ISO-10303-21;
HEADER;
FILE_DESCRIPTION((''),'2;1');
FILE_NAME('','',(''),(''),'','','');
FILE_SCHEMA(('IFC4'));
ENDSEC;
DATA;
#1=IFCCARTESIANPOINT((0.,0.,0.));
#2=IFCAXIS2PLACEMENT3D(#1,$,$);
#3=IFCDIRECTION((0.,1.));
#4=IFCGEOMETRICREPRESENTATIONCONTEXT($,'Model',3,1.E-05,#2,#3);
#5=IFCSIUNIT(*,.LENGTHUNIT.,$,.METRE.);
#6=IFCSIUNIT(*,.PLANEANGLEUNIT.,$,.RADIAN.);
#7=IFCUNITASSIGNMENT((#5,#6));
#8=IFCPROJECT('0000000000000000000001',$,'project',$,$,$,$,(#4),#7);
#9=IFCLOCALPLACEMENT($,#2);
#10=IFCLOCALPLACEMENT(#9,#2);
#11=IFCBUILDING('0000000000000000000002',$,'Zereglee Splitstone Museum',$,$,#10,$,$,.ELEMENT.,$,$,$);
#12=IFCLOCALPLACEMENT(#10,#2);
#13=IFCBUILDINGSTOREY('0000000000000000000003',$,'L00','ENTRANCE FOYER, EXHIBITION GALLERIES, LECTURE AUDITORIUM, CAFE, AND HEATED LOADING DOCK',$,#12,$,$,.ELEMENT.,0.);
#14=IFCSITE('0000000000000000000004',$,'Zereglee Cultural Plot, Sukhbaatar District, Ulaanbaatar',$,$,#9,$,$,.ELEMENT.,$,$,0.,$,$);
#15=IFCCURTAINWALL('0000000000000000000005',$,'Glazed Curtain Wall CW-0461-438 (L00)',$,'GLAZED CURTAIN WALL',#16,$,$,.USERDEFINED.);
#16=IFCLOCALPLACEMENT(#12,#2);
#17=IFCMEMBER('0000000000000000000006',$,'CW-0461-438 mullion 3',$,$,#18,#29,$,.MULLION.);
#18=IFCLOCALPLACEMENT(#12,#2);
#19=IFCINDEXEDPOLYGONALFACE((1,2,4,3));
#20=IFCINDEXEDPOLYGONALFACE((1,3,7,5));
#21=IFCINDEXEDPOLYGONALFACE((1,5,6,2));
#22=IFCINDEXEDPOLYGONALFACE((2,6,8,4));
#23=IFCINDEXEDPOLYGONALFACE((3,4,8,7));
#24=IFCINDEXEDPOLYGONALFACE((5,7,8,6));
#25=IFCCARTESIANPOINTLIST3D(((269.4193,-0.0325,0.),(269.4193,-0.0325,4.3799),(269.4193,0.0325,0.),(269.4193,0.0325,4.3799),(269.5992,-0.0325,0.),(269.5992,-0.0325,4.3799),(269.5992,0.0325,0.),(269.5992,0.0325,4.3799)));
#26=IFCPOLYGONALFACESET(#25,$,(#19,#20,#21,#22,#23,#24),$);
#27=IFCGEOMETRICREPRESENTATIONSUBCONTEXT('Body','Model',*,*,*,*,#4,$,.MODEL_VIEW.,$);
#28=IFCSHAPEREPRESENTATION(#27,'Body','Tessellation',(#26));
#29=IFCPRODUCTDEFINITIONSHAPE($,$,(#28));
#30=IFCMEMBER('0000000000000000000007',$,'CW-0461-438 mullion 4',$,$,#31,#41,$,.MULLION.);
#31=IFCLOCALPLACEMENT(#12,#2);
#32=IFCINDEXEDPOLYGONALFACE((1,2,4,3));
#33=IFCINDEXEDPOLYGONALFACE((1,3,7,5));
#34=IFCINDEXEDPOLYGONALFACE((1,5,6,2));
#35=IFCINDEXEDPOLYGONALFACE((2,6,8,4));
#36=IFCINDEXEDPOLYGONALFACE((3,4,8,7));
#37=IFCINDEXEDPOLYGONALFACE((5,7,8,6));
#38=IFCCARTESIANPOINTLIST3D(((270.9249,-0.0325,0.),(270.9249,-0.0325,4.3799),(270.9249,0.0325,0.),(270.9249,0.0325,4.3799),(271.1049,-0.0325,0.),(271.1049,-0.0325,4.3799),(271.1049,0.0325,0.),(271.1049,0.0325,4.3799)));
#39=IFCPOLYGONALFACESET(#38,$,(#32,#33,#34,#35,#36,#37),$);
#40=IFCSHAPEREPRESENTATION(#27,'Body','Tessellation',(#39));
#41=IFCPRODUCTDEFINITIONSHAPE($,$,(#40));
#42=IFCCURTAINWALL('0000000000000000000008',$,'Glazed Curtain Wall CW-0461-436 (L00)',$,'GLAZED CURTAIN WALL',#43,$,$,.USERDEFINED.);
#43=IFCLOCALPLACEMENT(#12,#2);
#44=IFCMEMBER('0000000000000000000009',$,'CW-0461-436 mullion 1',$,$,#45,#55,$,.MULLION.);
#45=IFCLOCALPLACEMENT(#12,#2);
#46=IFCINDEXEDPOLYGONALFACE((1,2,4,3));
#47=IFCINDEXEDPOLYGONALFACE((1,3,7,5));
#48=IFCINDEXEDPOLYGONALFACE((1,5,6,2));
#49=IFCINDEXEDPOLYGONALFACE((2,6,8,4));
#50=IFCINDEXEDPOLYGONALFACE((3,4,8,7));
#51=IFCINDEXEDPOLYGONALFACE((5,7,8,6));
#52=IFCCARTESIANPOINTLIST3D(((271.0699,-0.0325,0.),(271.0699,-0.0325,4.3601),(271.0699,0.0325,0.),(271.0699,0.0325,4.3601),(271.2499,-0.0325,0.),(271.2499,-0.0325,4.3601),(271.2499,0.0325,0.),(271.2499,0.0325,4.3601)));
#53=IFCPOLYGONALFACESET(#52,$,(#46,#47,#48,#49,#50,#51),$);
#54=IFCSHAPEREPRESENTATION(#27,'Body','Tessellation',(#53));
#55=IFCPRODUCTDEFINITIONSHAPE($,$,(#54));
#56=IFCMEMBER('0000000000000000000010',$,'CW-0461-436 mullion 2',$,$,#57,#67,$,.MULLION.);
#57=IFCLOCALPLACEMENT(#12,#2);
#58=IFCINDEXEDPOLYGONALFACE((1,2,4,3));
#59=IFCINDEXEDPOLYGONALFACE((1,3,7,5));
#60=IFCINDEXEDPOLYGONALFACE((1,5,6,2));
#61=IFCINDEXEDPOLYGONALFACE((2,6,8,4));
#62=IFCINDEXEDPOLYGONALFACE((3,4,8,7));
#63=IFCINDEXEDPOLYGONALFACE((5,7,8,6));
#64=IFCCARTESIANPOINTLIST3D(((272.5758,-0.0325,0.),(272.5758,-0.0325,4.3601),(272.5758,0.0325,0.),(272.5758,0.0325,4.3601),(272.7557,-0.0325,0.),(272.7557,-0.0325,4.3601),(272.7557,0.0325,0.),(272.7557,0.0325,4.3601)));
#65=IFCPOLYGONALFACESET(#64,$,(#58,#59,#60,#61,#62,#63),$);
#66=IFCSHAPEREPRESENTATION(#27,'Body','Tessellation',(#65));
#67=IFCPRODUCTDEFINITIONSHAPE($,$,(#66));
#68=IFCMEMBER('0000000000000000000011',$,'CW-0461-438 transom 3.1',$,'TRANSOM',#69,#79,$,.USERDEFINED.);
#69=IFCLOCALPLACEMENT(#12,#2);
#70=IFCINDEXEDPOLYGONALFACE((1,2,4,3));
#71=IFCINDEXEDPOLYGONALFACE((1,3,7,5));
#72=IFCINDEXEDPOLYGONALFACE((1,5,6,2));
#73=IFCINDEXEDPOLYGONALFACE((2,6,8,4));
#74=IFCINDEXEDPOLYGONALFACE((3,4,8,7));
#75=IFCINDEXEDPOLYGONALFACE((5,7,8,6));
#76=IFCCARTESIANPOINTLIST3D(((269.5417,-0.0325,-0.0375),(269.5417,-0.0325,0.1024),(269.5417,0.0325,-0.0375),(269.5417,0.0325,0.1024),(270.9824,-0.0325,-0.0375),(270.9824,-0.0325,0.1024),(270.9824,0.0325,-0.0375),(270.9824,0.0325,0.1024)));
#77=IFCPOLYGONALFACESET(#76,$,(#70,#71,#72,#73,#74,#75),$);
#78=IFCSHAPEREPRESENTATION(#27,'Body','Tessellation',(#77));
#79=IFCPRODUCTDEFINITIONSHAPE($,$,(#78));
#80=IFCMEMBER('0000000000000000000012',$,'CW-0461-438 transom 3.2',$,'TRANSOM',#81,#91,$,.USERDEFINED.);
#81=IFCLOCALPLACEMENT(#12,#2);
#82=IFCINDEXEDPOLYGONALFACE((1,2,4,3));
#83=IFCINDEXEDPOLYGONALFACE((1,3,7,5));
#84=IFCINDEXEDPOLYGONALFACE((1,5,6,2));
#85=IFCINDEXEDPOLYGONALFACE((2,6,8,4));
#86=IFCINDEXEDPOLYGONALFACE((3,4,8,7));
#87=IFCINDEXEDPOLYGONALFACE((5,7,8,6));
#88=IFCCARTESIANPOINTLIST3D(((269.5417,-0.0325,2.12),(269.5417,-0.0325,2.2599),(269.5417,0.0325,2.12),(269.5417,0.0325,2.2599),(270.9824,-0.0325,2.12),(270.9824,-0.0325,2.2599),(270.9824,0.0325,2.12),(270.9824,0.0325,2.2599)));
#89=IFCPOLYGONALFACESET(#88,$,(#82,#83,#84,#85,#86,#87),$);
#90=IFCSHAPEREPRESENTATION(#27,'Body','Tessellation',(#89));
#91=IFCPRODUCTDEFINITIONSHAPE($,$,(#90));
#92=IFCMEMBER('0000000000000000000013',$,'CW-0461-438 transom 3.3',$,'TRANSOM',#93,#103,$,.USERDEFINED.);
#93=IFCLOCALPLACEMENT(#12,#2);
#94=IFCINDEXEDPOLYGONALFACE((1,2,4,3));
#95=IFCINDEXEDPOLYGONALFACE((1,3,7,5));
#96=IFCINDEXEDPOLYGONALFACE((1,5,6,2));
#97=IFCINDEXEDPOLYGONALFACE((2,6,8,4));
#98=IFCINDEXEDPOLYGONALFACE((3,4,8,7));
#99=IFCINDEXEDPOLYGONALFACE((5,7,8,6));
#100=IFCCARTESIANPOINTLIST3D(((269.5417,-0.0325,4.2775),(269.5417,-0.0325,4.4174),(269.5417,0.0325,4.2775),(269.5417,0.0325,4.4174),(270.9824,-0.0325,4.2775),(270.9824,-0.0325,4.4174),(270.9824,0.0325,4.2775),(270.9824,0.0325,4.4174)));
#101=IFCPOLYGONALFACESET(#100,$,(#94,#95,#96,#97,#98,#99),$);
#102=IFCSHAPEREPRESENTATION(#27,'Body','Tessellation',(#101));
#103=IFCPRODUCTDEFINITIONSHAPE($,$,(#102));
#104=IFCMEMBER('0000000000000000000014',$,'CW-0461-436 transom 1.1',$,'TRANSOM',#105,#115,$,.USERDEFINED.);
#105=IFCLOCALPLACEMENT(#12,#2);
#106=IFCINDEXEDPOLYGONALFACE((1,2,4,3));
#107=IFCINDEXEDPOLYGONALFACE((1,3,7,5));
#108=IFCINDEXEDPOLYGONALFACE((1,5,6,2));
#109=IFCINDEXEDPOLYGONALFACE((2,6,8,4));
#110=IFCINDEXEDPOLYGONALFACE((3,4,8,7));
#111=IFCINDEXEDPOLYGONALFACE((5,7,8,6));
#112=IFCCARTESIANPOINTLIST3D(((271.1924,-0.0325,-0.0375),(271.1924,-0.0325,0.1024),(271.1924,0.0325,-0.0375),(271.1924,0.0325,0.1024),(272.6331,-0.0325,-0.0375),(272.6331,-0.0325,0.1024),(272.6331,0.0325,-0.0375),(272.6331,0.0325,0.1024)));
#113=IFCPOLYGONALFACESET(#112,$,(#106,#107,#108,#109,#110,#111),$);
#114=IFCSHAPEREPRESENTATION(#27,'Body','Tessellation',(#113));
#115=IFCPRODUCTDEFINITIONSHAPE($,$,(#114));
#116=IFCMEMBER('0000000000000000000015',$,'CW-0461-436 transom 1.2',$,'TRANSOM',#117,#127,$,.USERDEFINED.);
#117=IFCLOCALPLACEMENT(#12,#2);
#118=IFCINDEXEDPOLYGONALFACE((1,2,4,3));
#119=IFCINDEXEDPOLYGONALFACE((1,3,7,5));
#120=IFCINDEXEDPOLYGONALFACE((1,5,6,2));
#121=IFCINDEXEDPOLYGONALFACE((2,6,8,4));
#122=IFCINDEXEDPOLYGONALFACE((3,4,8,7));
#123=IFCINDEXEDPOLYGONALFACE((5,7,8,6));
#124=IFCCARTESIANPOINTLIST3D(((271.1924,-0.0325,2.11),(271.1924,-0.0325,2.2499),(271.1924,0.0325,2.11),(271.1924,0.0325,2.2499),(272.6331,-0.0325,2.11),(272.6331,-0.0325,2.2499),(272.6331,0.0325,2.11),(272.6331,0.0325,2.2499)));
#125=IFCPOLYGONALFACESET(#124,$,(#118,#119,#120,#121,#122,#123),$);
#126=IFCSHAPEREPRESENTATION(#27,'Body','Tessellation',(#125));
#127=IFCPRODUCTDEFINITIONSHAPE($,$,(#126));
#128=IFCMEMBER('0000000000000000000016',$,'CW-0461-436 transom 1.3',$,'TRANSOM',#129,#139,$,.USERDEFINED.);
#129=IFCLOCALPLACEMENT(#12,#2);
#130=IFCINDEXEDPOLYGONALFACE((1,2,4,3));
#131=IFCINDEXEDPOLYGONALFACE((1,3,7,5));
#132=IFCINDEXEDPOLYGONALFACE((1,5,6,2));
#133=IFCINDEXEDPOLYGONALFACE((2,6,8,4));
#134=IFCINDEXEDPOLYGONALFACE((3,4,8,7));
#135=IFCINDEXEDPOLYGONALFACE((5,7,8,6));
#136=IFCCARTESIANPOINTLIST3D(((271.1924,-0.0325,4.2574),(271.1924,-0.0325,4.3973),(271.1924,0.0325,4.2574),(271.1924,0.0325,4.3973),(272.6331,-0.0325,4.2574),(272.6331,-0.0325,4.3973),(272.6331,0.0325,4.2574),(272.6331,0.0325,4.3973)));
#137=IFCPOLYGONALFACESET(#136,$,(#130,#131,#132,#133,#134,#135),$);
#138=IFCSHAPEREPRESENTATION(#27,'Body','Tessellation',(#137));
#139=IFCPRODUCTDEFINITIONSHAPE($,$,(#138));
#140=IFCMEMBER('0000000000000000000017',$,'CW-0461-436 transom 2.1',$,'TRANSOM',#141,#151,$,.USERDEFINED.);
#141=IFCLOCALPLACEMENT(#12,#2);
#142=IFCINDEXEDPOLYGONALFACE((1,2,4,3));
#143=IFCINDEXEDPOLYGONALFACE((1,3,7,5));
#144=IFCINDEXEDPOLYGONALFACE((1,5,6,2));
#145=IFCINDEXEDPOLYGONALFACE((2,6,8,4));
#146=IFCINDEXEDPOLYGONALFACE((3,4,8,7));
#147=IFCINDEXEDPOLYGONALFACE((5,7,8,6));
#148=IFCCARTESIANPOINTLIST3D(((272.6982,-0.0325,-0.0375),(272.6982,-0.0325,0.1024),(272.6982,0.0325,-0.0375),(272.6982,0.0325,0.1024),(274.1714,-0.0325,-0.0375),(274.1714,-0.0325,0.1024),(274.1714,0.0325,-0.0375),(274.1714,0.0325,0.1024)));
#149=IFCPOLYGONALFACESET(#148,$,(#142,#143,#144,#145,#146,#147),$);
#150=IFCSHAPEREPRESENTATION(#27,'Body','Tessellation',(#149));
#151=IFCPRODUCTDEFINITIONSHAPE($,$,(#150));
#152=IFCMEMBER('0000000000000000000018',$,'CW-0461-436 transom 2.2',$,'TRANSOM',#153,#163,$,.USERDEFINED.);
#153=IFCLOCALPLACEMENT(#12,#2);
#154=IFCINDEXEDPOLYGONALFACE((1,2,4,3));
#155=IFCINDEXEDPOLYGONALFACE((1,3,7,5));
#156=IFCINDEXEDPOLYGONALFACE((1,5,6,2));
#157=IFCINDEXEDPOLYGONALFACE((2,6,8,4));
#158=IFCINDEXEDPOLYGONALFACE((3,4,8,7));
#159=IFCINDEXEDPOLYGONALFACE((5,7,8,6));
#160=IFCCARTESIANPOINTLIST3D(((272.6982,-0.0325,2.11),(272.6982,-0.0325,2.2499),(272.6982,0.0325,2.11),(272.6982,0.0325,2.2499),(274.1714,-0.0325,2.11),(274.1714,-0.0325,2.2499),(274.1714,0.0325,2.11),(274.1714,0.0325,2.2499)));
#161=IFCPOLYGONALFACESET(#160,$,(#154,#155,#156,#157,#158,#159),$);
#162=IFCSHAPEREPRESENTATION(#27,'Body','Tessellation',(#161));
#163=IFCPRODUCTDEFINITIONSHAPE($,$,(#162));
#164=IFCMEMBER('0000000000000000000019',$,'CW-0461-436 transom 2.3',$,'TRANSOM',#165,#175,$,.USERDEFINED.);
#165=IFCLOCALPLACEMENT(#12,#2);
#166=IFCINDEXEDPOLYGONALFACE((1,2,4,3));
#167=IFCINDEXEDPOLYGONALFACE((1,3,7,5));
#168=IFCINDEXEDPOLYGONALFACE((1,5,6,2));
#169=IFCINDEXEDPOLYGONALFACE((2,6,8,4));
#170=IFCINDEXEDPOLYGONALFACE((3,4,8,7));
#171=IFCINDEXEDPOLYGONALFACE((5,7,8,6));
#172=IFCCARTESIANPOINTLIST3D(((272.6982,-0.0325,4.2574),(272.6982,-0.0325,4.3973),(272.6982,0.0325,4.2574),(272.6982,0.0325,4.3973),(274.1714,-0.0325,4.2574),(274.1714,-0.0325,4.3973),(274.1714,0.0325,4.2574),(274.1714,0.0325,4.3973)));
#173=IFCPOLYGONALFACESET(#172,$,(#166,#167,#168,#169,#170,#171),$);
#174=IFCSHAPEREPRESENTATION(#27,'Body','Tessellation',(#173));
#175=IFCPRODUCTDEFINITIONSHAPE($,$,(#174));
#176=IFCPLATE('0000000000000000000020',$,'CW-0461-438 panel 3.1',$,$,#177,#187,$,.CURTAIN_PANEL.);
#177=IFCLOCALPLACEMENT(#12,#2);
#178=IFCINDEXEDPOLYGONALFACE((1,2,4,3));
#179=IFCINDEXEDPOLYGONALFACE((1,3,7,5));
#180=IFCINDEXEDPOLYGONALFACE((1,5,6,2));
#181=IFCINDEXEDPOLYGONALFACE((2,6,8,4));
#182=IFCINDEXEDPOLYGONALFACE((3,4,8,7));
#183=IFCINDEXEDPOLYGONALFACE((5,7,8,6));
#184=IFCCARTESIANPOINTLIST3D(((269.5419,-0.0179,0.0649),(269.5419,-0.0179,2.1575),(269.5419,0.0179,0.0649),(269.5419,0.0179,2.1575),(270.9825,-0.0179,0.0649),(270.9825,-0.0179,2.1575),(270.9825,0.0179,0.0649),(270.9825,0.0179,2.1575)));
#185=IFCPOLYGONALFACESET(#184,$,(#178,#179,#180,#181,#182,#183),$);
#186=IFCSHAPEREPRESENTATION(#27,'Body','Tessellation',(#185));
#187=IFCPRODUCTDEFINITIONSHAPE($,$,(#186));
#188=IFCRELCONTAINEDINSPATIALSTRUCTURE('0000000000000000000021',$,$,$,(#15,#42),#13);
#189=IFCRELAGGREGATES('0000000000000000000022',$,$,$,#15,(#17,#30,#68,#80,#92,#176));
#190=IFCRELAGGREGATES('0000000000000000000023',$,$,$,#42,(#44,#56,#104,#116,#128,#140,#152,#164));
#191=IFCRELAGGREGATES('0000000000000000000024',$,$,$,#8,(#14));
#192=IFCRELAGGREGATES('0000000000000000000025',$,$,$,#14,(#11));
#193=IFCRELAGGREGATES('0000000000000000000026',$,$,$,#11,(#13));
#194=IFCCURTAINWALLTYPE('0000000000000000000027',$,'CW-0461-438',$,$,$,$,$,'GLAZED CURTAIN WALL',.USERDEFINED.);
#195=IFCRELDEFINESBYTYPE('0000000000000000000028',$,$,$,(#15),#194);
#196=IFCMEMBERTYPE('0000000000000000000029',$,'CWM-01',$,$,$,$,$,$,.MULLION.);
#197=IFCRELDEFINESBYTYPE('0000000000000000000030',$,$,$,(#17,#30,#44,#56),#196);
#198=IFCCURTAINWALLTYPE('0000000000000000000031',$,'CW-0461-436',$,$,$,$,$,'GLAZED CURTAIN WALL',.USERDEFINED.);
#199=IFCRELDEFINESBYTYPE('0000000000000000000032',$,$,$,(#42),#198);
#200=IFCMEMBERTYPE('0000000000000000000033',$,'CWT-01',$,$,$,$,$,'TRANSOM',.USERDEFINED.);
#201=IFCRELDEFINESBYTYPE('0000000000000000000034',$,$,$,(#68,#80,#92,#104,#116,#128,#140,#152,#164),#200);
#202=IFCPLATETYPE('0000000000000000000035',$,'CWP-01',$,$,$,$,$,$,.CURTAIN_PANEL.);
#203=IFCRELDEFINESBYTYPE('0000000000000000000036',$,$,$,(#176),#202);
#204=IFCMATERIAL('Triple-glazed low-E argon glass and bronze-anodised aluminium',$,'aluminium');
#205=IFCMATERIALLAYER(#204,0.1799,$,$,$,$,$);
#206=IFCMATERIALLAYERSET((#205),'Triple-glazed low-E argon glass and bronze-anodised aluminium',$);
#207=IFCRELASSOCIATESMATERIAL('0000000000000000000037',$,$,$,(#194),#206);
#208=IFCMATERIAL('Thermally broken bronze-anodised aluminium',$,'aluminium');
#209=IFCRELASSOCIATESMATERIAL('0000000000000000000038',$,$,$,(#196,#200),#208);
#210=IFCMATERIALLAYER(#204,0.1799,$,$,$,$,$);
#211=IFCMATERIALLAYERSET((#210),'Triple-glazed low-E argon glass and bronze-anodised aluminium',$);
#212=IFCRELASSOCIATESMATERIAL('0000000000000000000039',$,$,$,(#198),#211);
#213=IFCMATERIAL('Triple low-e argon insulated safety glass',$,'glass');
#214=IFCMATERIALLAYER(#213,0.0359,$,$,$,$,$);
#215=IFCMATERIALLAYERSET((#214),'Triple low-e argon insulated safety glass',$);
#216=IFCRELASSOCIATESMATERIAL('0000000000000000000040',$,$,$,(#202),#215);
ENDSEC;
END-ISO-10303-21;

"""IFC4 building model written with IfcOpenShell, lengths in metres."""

from ifc_helpers import new_model, si_unit, direction, frame, origin, origin_2d, place, context, subcontext, project, spatial, rectangle, extrude, material, layer, layer_set, material_profile, profile_set, type_object, element, aggregate, save


model = new_model("IFC4")

# Units and contexts
model_context = context("Model", 3, precision=1e-05, world=origin(), true_north=direction((0.0, 1.0)))
body_context = subcontext(model_context, "Body", "Model", "MODEL_VIEW")
ifc_project = project(units=[si_unit("LENGTHUNIT", "METRE"), si_unit("PLANEANGLEUNIT", "RADIAN")], contexts=[model_context])

# Site, building, storey
site_placement = place(None, origin())
site = spatial("IfcSite", under=ifc_project, at=site_placement, Name="Zereglee Cultural Plot, Sukhbaatar District, Ulaanbaatar", CompositionType="ELEMENT", RefElevation=0.0)
building_placement = place(site_placement, origin())
building = spatial("IfcBuilding", under=site, at=building_placement, Name="Zereglee Splitstone Museum", CompositionType="ELEMENT")
storey_placement = place(building_placement, origin())
storey = spatial("IfcBuildingStorey", under=building, at=storey_placement, Name="L00", Description="ENTRANCE FOYER, EXHIBITION GALLERIES, LECTURE AUDITORIUM, CAFE, AND HEATED LOADING DOCK", CompositionType="ELEMENT", Elevation=0.0)

# Curtain walls, members
ifc_material_1 = material(Name="Triple-glazed low-E argon glass and bronze-anodised aluminium", Category="aluminium")
ifc_layer_1 = layer(ifc_material_1, 0.1799)
ifc_layer_set_1 = layer_set([ifc_layer_1], Name="Triple-glazed low-E argon glass and bronze-anodised aluminium")
curtain_wall_type_1 = type_object("IfcCurtainWallType", Name="CW-0461-438", ElementType="GLAZED CURTAIN WALL", PredefinedType="USERDEFINED", material=ifc_layer_set_1)
curtain_wall_1_placement = place(storey_placement, origin())
curtain_wall_1 = element("IfcCurtainWall", 1, at=curtain_wall_1_placement, inside=storey, type_object=curtain_wall_type_1, Name="Glazed Curtain Wall CW-0461-438 (L00)", ObjectType="GLAZED CURTAIN WALL", PredefinedType="USERDEFINED")
ifc_material_2 = material(Name="Thermally broken bronze-anodised aluminium", Category="aluminium")
ifc_material_profile_1 = material_profile(ifc_material_2, rectangle(XDim=0.0649, YDim=0.1799, at=origin_2d()), Name="CW MULL 65x180")
ifc_profile_set_1 = profile_set([ifc_material_profile_1], Name="Thermally broken bronze-anodised aluminium")
member_type_1 = type_object("IfcMemberType", Name="CWM-01", PredefinedType="MULLION", material=ifc_profile_set_1)
member_1_placement = place(storey_placement, frame((269.5093, 0.0, 0.0), z_axis=(0.0, 0.0, 1.0), x_axis=(0.0, 1.0, 0.0)))
member_1 = element("IfcMember", 2, at=member_1_placement, type_object=member_type_1, Name="CW-0461-438 mullion 3", PredefinedType="MULLION", context=body_context, shape_type="SweptSolid", body=[
    extrude(rectangle(XDim=0.0649, YDim=0.1799, at=origin_2d()), origin(), (0.0, 0.0, 1.0), 4.3799),
])
member_2_placement = place(storey_placement, frame((271.0149, 0.0, 0.0), z_axis=(0.0, 0.0, 1.0), x_axis=(0.0, 1.0, 0.0)))
member_2 = element("IfcMember", 3, at=member_2_placement, type_object=member_type_1, Name="CW-0461-438 mullion 4", PredefinedType="MULLION", context=body_context, shape_type="SweptSolid", body=[
    extrude(rectangle(XDim=0.0649, YDim=0.1799, at=origin_2d()), origin(), (0.0, 0.0, 1.0), 4.3799),
])
ifc_layer_2 = layer(ifc_material_1, 0.1799)
ifc_layer_set_2 = layer_set([ifc_layer_2], Name="Triple-glazed low-E argon glass and bronze-anodised aluminium")
curtain_wall_type_2 = type_object("IfcCurtainWallType", Name="CW-0461-436", ElementType="GLAZED CURTAIN WALL", PredefinedType="USERDEFINED", material=ifc_layer_set_2)
curtain_wall_2_placement = place(storey_placement, origin())
curtain_wall_2 = element("IfcCurtainWall", 4, at=curtain_wall_2_placement, inside=storey, type_object=curtain_wall_type_2, Name="Glazed Curtain Wall CW-0461-436 (L00)", ObjectType="GLAZED CURTAIN WALL", PredefinedType="USERDEFINED")
member_3_placement = place(storey_placement, frame((271.1599, 0.0, 0.0), z_axis=(0.0, 0.0, 1.0), x_axis=(0.0, 1.0, 0.0)))
member_3 = element("IfcMember", 5, at=member_3_placement, type_object=member_type_1, Name="CW-0461-436 mullion 1", PredefinedType="MULLION", context=body_context, shape_type="SweptSolid", body=[
    extrude(rectangle(XDim=0.0649, YDim=0.1799, at=origin_2d()), origin(), (0.0, 0.0, 1.0), 4.3601),
])
member_4_placement = place(storey_placement, frame((272.6658, 0.0, 0.0), z_axis=(0.0, 0.0, 1.0), x_axis=(0.0, 1.0, 0.0)))
member_4 = element("IfcMember", 6, at=member_4_placement, type_object=member_type_1, Name="CW-0461-436 mullion 2", PredefinedType="MULLION", context=body_context, shape_type="SweptSolid", body=[
    extrude(rectangle(XDim=0.0649, YDim=0.1799, at=origin_2d()), origin(), (0.0, 0.0, 1.0), 4.3601),
])

# Members
ifc_material_profile_2 = material_profile(ifc_material_2, rectangle(XDim=0.0649, YDim=0.1399, at=origin_2d()), Name="CW TRAN 65x140")
ifc_profile_set_2 = profile_set([ifc_material_profile_2], Name="Thermally broken bronze-anodised aluminium")
member_type_2 = type_object("IfcMemberType", Name="CWT-01", ElementType="TRANSOM", PredefinedType="USERDEFINED", material=ifc_profile_set_2)
member_5_placement = place(storey_placement, frame((269.5417, 0.0, 0.0325), z_axis=(1.0, 0.0, 0.0), x_axis=(0.0, 1.0, 0.0)))
member_5 = element("IfcMember", 7, at=member_5_placement, type_object=member_type_2, Name="CW-0461-438 transom 3.1", ObjectType="TRANSOM", PredefinedType="USERDEFINED", context=body_context, shape_type="SweptSolid", body=[
    extrude(rectangle(XDim=0.0649, YDim=0.1399, at=origin_2d()), origin(), (0.0, 0.0, 1.0), 1.4407),
])
member_6_placement = place(storey_placement, frame((269.5417, 0.0, 2.1899), z_axis=(1.0, 0.0, 0.0), x_axis=(0.0, 1.0, 0.0)))
member_6 = element("IfcMember", 8, at=member_6_placement, type_object=member_type_2, Name="CW-0461-438 transom 3.2", ObjectType="TRANSOM", PredefinedType="USERDEFINED", context=body_context, shape_type="SweptSolid", body=[
    extrude(rectangle(XDim=0.0649, YDim=0.1399, at=origin_2d()), origin(), (0.0, 0.0, 1.0), 1.4407),
])
member_7_placement = place(storey_placement, frame((269.5417, 0.0, 4.3474), z_axis=(1.0, 0.0, 0.0), x_axis=(0.0, 1.0, 0.0)))
member_7 = element("IfcMember", 9, at=member_7_placement, type_object=member_type_2, Name="CW-0461-438 transom 3.3", ObjectType="TRANSOM", PredefinedType="USERDEFINED", context=body_context, shape_type="SweptSolid", body=[
    extrude(rectangle(XDim=0.0649, YDim=0.1399, at=origin_2d()), origin(), (0.0, 0.0, 1.0), 1.4407),
])
member_8_placement = place(storey_placement, frame((271.1924, 0.0, 0.0325), z_axis=(1.0, 0.0, 0.0), x_axis=(0.0, 1.0, 0.0)))
member_8 = element("IfcMember", 10, at=member_8_placement, type_object=member_type_2, Name="CW-0461-436 transom 1.1", ObjectType="TRANSOM", PredefinedType="USERDEFINED", context=body_context, shape_type="SweptSolid", body=[
    extrude(rectangle(XDim=0.0649, YDim=0.1399, at=origin_2d()), origin(), (0.0, 0.0, 1.0), 1.4407),
])
member_9_placement = place(storey_placement, frame((271.1924, 0.0, 2.1799), z_axis=(1.0, 0.0, 0.0), x_axis=(0.0, 1.0, 0.0)))
member_9 = element("IfcMember", 11, at=member_9_placement, type_object=member_type_2, Name="CW-0461-436 transom 1.2", ObjectType="TRANSOM", PredefinedType="USERDEFINED", context=body_context, shape_type="SweptSolid", body=[
    extrude(rectangle(XDim=0.0649, YDim=0.1399, at=origin_2d()), origin(), (0.0, 0.0, 1.0), 1.4407),
])
member_10_placement = place(storey_placement, frame((271.1924, 0.0, 4.3274), z_axis=(1.0, 0.0, 0.0), x_axis=(0.0, 1.0, 0.0)))
member_10 = element("IfcMember", 12, at=member_10_placement, type_object=member_type_2, Name="CW-0461-436 transom 1.3", ObjectType="TRANSOM", PredefinedType="USERDEFINED", context=body_context, shape_type="SweptSolid", body=[
    extrude(rectangle(XDim=0.0649, YDim=0.1399, at=origin_2d()), origin(), (0.0, 0.0, 1.0), 1.4407),
])
member_11_placement = place(storey_placement, frame((272.6982, 0.0, 0.0325), z_axis=(1.0, 0.0, 0.0), x_axis=(0.0, 1.0, 0.0)))
member_11 = element("IfcMember", 13, at=member_11_placement, type_object=member_type_2, Name="CW-0461-436 transom 2.1", ObjectType="TRANSOM", PredefinedType="USERDEFINED", context=body_context, shape_type="SweptSolid", body=[
    extrude(rectangle(XDim=0.0649, YDim=0.1399, at=origin_2d()), origin(), (0.0, 0.0, 1.0), 1.4731),
])
member_12_placement = place(storey_placement, frame((272.6982, 0.0, 2.1799), z_axis=(1.0, 0.0, 0.0), x_axis=(0.0, 1.0, 0.0)))
member_12 = element("IfcMember", 14, at=member_12_placement, type_object=member_type_2, Name="CW-0461-436 transom 2.2", ObjectType="TRANSOM", PredefinedType="USERDEFINED", context=body_context, shape_type="SweptSolid", body=[
    extrude(rectangle(XDim=0.0649, YDim=0.1399, at=origin_2d()), origin(), (0.0, 0.0, 1.0), 1.4731),
])
member_13_placement = place(storey_placement, frame((272.6982, 0.0, 4.3274), z_axis=(1.0, 0.0, 0.0), x_axis=(0.0, 1.0, 0.0)))
member_13 = element("IfcMember", 15, at=member_13_placement, type_object=member_type_2, Name="CW-0461-436 transom 2.3", ObjectType="TRANSOM", PredefinedType="USERDEFINED", context=body_context, shape_type="SweptSolid", body=[
    extrude(rectangle(XDim=0.0649, YDim=0.1399, at=origin_2d()), origin(), (0.0, 0.0, 1.0), 1.4731),
])

# Plate
ifc_material_3 = material(Name="Triple low-e argon insulated safety glass", Category="glass")
ifc_layer_3 = layer(ifc_material_3, 0.0359)
ifc_layer_set_3 = layer_set([ifc_layer_3], Name="Triple low-e argon insulated safety glass")
plate_type = type_object("IfcPlateType", Name="CWP-01", PredefinedType="CURTAIN_PANEL", material=ifc_layer_set_3)
plate_1_placement = place(storey_placement, frame((270.2622, 0.0, 0.0649), z_axis=(0.0, 0.0, 1.0), x_axis=(1.0, 0.0, 0.0)))
plate_1 = element("IfcPlate", 16, at=plate_1_placement, type_object=plate_type, Name="CW-0461-438 panel 3.1", PredefinedType="CURTAIN_PANEL", context=body_context, shape_type="SweptSolid", body=[
    extrude(rectangle(XDim=1.4407, YDim=0.0359, at=origin_2d()), origin(), (0.0, 0.0, 1.0), 2.0925),
])
aggregate(curtain_wall_1, [member_1, member_2, member_5, member_6, member_7, plate_1])
aggregate(curtain_wall_2, [member_3, member_4, member_8, member_9, member_10, member_11, member_12, member_13])

save(model, "model.ifc")
